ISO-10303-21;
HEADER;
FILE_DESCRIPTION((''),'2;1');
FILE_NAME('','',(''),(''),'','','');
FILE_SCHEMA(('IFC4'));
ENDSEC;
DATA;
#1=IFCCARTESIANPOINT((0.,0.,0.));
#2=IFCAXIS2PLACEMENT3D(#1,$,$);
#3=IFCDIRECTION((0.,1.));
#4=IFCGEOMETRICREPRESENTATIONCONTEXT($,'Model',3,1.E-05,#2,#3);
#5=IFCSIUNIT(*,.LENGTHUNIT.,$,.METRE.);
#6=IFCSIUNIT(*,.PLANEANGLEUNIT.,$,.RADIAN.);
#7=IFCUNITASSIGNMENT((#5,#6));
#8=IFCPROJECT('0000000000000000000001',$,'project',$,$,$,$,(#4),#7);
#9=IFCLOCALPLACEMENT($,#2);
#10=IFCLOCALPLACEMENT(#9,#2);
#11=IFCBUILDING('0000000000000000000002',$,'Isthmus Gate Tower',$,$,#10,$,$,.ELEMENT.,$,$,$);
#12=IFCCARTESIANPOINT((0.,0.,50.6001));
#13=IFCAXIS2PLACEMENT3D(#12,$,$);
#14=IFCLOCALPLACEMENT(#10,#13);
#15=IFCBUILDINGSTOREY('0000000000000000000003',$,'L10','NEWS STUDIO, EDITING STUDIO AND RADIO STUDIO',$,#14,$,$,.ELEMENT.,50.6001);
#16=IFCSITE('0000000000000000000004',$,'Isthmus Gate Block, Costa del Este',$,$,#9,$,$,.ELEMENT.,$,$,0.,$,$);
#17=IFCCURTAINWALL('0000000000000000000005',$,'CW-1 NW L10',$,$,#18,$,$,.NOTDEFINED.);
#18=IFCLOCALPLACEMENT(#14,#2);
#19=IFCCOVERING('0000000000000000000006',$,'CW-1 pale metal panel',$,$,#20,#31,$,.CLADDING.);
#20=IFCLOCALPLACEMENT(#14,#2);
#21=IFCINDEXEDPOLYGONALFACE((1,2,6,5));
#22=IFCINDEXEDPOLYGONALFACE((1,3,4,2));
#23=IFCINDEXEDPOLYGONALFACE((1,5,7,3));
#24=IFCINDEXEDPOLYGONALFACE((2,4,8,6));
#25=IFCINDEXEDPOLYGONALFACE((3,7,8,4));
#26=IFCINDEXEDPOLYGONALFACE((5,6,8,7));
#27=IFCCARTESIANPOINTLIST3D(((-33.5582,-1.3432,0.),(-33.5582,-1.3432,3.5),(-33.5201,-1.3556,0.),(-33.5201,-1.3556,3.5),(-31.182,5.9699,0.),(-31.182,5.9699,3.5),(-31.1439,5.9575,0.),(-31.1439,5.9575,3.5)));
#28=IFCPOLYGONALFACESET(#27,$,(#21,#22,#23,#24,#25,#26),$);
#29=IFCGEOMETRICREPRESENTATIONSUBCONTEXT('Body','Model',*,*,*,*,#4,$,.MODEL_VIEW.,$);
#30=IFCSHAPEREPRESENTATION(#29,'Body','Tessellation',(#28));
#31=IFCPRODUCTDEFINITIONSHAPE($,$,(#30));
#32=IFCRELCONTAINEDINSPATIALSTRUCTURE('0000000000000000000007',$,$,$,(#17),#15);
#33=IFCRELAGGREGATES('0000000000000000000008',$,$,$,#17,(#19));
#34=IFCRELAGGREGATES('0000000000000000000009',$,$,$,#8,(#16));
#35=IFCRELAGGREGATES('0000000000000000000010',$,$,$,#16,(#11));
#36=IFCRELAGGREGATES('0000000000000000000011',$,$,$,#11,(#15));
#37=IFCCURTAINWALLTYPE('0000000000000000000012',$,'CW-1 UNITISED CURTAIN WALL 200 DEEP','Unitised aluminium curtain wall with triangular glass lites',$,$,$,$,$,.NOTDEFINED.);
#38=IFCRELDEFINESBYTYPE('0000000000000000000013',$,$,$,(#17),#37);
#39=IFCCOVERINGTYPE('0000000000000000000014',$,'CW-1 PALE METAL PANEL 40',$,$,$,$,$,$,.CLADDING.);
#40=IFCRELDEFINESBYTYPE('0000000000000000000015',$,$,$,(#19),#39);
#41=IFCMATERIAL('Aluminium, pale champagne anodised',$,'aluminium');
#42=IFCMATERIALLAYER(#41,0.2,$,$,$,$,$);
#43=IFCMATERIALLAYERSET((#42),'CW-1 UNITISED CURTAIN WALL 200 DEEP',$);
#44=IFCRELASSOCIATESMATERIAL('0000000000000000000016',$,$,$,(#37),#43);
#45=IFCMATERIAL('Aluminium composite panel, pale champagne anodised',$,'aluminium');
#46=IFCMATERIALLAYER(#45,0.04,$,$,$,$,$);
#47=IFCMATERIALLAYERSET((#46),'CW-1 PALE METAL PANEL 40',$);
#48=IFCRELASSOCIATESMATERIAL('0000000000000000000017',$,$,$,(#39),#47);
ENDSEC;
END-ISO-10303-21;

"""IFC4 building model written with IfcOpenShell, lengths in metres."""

from ifc_helpers import new_model, si_unit, direction, frame, origin, origin_2d, place, context, subcontext, project, spatial, rectangle, extrude, material, layer, layer_set, type_object, element, aggregate, save


model = new_model("IFC4")

# Units and contexts
model_context = context("Model", 3, precision=1e-05, world=origin(), true_north=direction((0.0, 1.0)))
body_context = subcontext(model_context, "Body", "Model", "MODEL_VIEW")
ifc_project = project(units=[si_unit("LENGTHUNIT", "METRE"), si_unit("PLANEANGLEUNIT", "RADIAN")], contexts=[model_context])

# Site, building, storey
site_placement = place(None, origin())
site = spatial("IfcSite", under=ifc_project, at=site_placement, Name="Isthmus Gate Block, Costa del Este", CompositionType="ELEMENT", RefElevation=0.0)
building_placement = place(site_placement, origin())
building = spatial("IfcBuilding", under=site, at=building_placement, Name="Isthmus Gate Tower", CompositionType="ELEMENT")
storey_placement = place(building_placement, frame((0.0, 0.0, 50.6001)))
storey = spatial("IfcBuildingStorey", under=building, at=storey_placement, Name="L10", Description="NEWS STUDIO, EDITING STUDIO AND RADIO STUDIO", CompositionType="ELEMENT", Elevation=50.6001)

# Shared definitions
ifc_material_1 = material(Name="Aluminium, pale champagne anodised", Category="aluminium")
ifc_layer_1 = layer(ifc_material_1, 0.2)
ifc_layer_set_1 = layer_set([ifc_layer_1], Name="CW-1 UNITISED CURTAIN WALL 200 DEEP")
curtain_wall_type = type_object("IfcCurtainWallType", Name="CW-1 UNITISED CURTAIN WALL 200 DEEP", Description="Unitised aluminium curtain wall with triangular glass lites", PredefinedType="NOTDEFINED", material=ifc_layer_set_1)

# Curtain wall, covering
curtain_wall_1_placement = place(storey_placement, origin())
curtain_wall_1 = element("IfcCurtainWall", 1, at=curtain_wall_1_placement, inside=storey, type_object=curtain_wall_type, Name="CW-1 NW L10", PredefinedType="NOTDEFINED")
ifc_material_2 = material(Name="Aluminium composite panel, pale champagne anodised", Category="aluminium")
ifc_layer_2 = layer(ifc_material_2, 0.04)
ifc_layer_set_2 = layer_set([ifc_layer_2], Name="CW-1 PALE METAL PANEL 40")
covering_type = type_object("IfcCoveringType", Name="CW-1 PALE METAL PANEL 40", PredefinedType="CLADDING", material=ifc_layer_set_2)
covering_placement = place(storey_placement, frame((-32.3511, 2.3071, 0.0), z_axis=(0.0, 0.0, 1.0), x_axis=(-0.309017, -0.951057, 0.0)))
covering = element("IfcCovering", 2, at=covering_placement, type_object=covering_type, Name="CW-1 pale metal panel", PredefinedType="CLADDING", context=body_context, shape_type="SweptSolid", body=[
    extrude(rectangle(XDim=7.6895, YDim=0.04, at=origin_2d()), origin(), (0.0, 0.0, 1.0), 3.5),
])
aggregate(curtain_wall_1, [covering])

save(model, "model.ifc")
